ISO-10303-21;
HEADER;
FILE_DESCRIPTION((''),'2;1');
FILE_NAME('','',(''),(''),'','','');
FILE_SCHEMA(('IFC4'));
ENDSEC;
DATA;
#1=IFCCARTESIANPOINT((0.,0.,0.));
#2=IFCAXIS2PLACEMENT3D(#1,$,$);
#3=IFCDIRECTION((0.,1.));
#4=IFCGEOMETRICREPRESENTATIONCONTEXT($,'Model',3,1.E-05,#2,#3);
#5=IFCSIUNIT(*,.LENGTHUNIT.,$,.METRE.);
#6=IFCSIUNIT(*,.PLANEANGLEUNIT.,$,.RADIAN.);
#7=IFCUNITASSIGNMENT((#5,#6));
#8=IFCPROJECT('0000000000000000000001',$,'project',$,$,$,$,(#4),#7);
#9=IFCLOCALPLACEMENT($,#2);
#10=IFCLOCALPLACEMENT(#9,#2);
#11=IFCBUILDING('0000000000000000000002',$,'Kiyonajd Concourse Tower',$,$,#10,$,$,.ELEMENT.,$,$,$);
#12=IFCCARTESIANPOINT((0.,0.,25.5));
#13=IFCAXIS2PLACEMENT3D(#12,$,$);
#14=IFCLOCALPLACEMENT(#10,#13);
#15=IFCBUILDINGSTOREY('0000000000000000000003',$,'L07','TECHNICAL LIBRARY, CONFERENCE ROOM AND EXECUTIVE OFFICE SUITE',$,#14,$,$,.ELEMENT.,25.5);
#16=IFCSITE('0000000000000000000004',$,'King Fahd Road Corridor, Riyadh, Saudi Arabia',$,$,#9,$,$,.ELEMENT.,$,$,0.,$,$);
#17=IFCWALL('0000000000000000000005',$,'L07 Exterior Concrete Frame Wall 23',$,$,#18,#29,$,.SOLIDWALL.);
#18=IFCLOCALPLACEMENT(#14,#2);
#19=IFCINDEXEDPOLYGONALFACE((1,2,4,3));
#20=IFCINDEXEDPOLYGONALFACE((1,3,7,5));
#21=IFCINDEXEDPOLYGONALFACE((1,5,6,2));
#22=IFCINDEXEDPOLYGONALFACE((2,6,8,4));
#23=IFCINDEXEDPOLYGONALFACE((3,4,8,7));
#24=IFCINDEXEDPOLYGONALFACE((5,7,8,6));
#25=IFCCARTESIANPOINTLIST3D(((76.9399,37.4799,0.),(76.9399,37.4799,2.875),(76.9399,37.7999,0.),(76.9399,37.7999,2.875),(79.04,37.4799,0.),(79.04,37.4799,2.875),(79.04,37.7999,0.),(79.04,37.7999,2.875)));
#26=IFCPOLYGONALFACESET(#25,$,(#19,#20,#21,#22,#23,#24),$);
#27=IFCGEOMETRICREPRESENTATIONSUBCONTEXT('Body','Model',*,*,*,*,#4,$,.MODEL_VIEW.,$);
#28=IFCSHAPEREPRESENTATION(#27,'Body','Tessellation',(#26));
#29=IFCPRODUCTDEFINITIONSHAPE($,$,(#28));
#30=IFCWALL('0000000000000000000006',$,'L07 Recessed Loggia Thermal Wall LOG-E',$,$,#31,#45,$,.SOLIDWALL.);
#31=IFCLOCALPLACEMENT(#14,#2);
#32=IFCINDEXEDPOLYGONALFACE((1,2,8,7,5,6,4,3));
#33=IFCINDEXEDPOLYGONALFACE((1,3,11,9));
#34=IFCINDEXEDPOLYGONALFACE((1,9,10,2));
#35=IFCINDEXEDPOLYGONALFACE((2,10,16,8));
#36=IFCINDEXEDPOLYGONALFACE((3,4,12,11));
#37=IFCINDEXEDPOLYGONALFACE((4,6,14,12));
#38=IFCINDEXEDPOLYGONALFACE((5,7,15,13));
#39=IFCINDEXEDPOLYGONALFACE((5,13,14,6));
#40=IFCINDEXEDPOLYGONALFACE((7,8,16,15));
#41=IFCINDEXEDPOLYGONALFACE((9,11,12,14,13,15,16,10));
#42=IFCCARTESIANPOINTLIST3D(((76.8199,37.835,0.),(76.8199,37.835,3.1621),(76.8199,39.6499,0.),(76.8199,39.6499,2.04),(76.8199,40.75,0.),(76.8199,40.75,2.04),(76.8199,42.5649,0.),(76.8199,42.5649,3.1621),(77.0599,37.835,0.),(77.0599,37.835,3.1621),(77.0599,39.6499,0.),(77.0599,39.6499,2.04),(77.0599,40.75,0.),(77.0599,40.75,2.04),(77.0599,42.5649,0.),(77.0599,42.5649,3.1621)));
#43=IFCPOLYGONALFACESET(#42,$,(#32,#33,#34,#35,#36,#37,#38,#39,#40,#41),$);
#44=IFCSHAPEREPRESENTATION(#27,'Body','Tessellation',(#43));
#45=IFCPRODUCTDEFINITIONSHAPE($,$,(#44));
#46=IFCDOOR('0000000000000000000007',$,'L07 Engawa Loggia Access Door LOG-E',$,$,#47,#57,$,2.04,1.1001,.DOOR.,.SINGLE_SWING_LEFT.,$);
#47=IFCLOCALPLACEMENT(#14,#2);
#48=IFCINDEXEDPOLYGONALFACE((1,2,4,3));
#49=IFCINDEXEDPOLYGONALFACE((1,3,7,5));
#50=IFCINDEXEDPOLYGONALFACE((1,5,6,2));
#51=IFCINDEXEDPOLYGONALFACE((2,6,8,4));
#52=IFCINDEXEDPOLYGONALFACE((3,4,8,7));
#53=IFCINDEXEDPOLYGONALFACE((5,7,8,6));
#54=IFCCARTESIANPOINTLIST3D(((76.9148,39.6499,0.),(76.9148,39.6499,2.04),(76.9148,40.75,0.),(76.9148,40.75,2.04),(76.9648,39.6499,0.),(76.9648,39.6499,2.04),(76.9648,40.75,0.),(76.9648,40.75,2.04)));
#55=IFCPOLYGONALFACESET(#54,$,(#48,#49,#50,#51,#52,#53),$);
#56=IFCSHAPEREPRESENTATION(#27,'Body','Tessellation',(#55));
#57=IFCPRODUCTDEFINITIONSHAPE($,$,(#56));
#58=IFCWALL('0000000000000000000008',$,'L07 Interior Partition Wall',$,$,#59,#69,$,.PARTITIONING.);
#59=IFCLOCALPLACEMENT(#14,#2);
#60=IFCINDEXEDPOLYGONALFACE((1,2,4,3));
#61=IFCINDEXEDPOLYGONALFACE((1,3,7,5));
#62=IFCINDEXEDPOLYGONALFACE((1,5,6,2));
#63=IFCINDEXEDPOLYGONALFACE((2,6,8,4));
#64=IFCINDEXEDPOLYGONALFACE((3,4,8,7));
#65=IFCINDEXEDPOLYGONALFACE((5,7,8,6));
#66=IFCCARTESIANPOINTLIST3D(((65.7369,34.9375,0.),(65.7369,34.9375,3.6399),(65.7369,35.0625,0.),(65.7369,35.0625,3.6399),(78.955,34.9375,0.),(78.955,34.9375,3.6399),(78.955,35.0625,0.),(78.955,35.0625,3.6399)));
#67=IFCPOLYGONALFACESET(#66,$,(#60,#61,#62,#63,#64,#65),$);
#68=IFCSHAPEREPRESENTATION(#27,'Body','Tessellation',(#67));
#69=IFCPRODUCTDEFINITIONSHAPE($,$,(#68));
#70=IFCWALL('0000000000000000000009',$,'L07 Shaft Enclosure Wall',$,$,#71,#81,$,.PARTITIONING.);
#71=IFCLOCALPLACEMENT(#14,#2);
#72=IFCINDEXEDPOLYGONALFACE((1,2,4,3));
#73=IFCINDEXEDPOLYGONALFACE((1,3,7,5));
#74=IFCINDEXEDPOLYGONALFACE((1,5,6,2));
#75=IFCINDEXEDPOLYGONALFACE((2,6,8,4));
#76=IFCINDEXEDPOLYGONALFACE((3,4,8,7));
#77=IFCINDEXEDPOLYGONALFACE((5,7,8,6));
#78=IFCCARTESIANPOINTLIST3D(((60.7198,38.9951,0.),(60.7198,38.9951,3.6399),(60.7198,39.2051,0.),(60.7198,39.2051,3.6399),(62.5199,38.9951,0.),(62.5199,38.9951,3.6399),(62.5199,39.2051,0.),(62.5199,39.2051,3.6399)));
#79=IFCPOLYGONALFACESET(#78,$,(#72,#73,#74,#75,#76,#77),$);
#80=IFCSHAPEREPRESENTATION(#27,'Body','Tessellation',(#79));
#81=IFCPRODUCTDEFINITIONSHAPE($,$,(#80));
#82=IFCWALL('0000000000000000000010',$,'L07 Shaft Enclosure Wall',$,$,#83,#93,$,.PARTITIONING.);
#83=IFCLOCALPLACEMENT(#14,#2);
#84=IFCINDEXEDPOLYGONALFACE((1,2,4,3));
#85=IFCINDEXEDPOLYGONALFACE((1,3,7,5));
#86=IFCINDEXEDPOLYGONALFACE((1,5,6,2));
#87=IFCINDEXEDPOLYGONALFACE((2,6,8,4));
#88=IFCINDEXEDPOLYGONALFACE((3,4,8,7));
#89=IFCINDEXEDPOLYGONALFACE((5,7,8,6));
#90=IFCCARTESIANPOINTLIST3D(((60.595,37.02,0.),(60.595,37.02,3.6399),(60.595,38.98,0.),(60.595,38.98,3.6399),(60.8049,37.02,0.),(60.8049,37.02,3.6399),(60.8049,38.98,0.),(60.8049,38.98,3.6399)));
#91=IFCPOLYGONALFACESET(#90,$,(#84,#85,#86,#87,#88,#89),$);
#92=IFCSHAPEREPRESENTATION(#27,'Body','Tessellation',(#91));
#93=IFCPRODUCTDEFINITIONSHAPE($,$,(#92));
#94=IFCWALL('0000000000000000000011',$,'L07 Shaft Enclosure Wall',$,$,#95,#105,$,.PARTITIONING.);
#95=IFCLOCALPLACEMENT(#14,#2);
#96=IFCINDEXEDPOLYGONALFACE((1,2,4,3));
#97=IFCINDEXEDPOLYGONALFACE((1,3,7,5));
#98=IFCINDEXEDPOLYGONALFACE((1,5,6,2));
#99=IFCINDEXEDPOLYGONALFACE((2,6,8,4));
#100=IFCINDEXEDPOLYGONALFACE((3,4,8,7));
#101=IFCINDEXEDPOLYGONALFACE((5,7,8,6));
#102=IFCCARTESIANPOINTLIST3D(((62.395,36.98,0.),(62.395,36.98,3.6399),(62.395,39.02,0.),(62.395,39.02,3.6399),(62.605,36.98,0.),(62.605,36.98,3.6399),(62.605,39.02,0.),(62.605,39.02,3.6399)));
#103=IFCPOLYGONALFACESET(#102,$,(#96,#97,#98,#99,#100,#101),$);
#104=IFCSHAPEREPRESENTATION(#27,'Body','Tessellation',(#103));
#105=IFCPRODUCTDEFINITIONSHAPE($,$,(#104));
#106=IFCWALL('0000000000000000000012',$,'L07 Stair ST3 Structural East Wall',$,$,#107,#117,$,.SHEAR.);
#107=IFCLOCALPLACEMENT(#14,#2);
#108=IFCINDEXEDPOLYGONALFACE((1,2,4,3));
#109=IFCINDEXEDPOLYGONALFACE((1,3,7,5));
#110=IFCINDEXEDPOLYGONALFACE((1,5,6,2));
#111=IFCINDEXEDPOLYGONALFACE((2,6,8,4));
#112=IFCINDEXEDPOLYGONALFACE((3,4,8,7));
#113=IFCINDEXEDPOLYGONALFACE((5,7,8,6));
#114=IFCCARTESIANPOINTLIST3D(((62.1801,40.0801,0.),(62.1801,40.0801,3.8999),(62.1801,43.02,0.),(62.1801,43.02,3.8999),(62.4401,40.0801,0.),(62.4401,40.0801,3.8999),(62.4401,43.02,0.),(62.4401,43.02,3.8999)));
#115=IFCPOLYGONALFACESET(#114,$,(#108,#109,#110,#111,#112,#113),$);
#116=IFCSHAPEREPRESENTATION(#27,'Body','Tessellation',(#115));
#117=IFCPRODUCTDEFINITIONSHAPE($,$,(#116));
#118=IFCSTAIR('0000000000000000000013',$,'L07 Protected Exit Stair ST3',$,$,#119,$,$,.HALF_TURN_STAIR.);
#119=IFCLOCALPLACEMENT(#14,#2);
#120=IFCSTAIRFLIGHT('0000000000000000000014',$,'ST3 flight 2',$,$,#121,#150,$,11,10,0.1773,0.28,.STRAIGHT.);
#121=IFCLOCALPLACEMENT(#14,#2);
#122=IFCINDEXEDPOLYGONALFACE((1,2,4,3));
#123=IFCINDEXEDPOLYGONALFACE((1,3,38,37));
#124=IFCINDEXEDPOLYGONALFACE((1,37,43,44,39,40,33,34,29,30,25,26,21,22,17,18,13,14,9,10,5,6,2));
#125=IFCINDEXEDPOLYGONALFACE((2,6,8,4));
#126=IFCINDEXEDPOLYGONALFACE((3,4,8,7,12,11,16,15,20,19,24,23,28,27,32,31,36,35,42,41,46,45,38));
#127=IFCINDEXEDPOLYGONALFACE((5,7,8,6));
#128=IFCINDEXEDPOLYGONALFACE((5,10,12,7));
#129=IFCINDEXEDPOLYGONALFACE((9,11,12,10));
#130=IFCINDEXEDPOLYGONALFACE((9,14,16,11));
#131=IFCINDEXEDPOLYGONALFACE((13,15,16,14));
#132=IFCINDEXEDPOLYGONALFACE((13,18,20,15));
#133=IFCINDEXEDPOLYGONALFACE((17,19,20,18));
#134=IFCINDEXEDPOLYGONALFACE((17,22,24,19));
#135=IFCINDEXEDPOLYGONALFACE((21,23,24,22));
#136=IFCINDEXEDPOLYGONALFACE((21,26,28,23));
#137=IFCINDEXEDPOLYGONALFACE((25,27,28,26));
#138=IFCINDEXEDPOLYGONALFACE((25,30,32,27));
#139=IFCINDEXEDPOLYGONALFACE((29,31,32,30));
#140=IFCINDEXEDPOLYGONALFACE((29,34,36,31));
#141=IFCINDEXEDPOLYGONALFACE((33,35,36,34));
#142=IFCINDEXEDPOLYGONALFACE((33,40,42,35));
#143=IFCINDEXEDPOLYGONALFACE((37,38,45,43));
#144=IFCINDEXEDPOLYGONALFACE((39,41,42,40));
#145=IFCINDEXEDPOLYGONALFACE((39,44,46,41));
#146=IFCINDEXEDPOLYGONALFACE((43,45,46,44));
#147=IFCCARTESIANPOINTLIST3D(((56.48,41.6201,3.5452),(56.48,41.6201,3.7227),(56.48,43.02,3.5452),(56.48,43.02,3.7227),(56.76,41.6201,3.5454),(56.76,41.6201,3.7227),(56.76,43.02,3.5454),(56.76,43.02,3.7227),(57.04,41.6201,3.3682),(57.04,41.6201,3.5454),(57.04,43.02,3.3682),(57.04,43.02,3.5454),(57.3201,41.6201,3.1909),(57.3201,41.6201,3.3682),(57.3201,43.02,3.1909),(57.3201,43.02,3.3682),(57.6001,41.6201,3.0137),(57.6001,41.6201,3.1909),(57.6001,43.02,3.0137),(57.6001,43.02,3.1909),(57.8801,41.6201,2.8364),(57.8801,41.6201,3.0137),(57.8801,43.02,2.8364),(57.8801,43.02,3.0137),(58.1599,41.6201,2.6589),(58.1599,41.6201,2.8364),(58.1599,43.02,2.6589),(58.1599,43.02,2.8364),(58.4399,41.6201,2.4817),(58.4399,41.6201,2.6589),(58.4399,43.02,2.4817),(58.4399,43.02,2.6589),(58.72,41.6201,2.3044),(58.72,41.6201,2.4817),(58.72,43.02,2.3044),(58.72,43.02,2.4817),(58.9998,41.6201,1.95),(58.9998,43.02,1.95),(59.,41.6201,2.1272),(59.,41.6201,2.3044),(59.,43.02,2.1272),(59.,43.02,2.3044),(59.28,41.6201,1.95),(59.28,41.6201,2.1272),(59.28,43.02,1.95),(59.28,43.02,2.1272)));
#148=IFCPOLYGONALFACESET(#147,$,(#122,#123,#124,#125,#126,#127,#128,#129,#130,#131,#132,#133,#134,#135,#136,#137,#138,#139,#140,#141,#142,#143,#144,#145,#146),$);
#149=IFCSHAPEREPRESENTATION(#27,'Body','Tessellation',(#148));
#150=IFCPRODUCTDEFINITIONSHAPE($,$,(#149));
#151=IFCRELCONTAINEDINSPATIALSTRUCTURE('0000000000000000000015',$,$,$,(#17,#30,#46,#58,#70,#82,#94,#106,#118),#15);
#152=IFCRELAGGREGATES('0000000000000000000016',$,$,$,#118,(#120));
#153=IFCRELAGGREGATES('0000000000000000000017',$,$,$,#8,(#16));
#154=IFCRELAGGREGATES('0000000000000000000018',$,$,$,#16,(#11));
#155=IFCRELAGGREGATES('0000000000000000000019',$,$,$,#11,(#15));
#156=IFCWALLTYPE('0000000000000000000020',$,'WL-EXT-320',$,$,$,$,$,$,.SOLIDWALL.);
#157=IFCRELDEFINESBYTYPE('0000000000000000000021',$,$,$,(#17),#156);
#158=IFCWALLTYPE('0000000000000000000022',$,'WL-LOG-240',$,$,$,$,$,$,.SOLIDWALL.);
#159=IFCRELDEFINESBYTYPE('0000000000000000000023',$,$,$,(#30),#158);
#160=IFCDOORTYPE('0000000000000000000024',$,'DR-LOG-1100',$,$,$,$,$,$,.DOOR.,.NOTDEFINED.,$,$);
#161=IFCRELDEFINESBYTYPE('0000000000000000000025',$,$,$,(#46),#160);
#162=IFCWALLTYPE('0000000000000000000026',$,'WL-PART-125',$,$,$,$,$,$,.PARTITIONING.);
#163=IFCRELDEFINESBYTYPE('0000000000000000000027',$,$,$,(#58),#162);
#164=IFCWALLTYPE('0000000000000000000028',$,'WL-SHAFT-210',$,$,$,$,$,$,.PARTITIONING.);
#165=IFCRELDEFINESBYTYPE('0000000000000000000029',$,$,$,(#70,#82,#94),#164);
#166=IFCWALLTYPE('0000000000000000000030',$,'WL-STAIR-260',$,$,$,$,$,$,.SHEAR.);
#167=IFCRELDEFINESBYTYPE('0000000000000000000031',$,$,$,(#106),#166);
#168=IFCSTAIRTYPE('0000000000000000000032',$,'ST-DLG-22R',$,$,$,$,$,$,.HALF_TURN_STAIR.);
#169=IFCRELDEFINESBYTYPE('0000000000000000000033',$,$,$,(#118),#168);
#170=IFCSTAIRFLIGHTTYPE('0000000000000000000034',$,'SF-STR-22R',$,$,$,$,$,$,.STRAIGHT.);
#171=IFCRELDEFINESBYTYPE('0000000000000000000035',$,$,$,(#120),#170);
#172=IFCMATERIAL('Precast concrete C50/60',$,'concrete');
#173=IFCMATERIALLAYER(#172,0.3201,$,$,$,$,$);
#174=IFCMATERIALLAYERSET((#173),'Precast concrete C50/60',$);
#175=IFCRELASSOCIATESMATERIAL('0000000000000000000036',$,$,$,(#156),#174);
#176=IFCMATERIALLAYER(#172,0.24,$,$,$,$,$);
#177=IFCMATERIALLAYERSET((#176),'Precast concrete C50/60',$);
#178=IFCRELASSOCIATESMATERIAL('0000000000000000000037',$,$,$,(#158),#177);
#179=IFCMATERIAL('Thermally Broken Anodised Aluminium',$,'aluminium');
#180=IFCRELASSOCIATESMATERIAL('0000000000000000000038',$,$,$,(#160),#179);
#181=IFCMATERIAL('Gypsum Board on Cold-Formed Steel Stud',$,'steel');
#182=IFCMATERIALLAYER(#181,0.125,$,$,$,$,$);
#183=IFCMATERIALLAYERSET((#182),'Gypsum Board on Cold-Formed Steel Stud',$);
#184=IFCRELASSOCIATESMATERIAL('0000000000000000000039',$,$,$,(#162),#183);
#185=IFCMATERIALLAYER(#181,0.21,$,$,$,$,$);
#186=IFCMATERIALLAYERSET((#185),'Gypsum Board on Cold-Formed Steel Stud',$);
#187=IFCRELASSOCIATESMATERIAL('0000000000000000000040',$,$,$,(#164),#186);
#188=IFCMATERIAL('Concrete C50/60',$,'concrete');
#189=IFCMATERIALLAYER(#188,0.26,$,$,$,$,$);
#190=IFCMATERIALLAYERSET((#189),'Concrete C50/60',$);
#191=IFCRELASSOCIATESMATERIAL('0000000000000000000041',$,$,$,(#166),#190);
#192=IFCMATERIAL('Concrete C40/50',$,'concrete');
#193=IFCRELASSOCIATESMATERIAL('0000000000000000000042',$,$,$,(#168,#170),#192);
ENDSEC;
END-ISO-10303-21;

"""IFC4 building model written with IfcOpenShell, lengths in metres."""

from ifc_helpers import new_model, si_unit, direction, frame, frame_2d, origin, place, context, subcontext, project, spatial, polyline, rectangle, outline, extrude, material, layer, layer_set, type_object, element, fill, aggregate, save


model = new_model("IFC4")

# Units and contexts
model_context = context("Model", 3, precision=1e-05, world=origin(), true_north=direction((0.0, 1.0)))
body_context = subcontext(model_context, "Body", "Model", "MODEL_VIEW")
ifc_project = project(units=[si_unit("LENGTHUNIT", "METRE"), si_unit("PLANEANGLEUNIT", "RADIAN")], contexts=[model_context])

# Site, building, storey
site_placement = place(None, origin())
site = spatial("IfcSite", under=ifc_project, at=site_placement, Name="King Fahd Road Corridor, Riyadh, Saudi Arabia", CompositionType="ELEMENT", RefElevation=0.0)
building_placement = place(site_placement, origin())
building = spatial("IfcBuilding", under=site, at=building_placement, Name="Kiyonajd Concourse Tower", CompositionType="ELEMENT")
storey_placement = place(building_placement, frame((0.0, 0.0, 25.5)))
storey = spatial("IfcBuildingStorey", under=building, at=storey_placement, Name="L07", Description="TECHNICAL LIBRARY, CONFERENCE ROOM AND EXECUTIVE OFFICE SUITE", CompositionType="ELEMENT", Elevation=25.5)

# Shared definitions
ifc_material_1 = material(Name="Precast concrete C50/60", Category="concrete")

# Shared definitions
ifc_material_2 = material(Name="Thermally Broken Anodised Aluminium", Category="aluminium")

# Wall
ifc_layer_1 = layer(ifc_material_1, 0.3201)
ifc_layer_set_1 = layer_set([ifc_layer_1], Name="Precast concrete C50/60")
wall_type_1 = type_object("IfcWallType", Name="WL-EXT-320", PredefinedType="SOLIDWALL", material=ifc_layer_set_1)
wall_1_placement = place(storey_placement, frame((76.9399, 37.6399, 0.0), z_axis=(0.0, 0.0, 1.0), x_axis=(1.0, 0.0, 0.0)))
element("IfcWall", 1, at=wall_1_placement, inside=storey, type_object=wall_type_1, Name="L07 Exterior Concrete Frame Wall 23", PredefinedType="SOLIDWALL", context=body_context, shape_type="SweptSolid", body=[
    extrude(rectangle(XDim=2.1001, YDim=0.3201, at=frame_2d((1.05, 0.0))), origin(), (0.0, 0.0, 1.0), 2.875),
])

# Wall, opening, door
ifc_layer_2 = layer(ifc_material_1, 0.24)
ifc_layer_set_2 = layer_set([ifc_layer_2], Name="Precast concrete C50/60")
wall_type_2 = type_object("IfcWallType", Name="WL-LOG-240", PredefinedType="SOLIDWALL", material=ifc_layer_set_2)
wall_2_placement = place(storey_placement, frame((76.9399, 42.5649, 0.0), z_axis=(0.0, 0.0, 1.0), x_axis=(0.0, -1.0, 0.0)))
wall_2 = element("IfcWall", 2, at=wall_2_placement, inside=storey, type_object=wall_type_2, Name="L07 Recessed Loggia Thermal Wall LOG-E", PredefinedType="SOLIDWALL", context=body_context, shape_type="SweptSolid", body=[
    extrude(rectangle(XDim=4.73, YDim=0.24, at=frame_2d((2.365, 0.0))), origin(), (0.0, 0.0, 1.0), 3.1621),
])
opening_placement = place(wall_2_placement, frame((1.8149, 0.0, 0.0)))
opening = element("IfcOpeningElement", 3, at=opening_placement, cuts=wall_2, PredefinedType="OPENING", context=body_context, shape_type="SweptSolid", body=[
    extrude(rectangle(XDim=1.1001, YDim=2.04, at=frame_2d((0.55, 1.02))), frame((0.0, 0.1299, 0.0), z_axis=(0.0, -1.0, 0.0), x_axis=(1.0, 0.0, 0.0)), (0.0, 0.0, 1.0), 0.26),
])
door_type = type_object("IfcDoorType", Name="DR-LOG-1100", OperationType="NOTDEFINED", PredefinedType="DOOR", material=ifc_material_2)
door_placement = place(opening_placement, origin())
door = element("IfcDoor", 4, at=door_placement, inside=storey, type_object=door_type, Name="L07 Engawa Loggia Access Door LOG-E", OperationType="SINGLE_SWING_LEFT", OverallHeight=2.04, OverallWidth=1.1001, PredefinedType="DOOR", context=body_context, shape_type="SweptSolid", body=[
    extrude(rectangle(XDim=1.1001, YDim=2.04, at=frame_2d((0.55, 1.02))), frame((0.0, 0.0249, 0.0), z_axis=(0.0, -1.0, 0.0), x_axis=(1.0, 0.0, 0.0)), (0.0, 0.0, 1.0), 0.05),
])
fill(opening, door)

# Walls
ifc_material_3 = material(Name="Gypsum Board on Cold-Formed Steel Stud", Category="steel")
ifc_layer_3 = layer(ifc_material_3, 0.125)
ifc_layer_set_3 = layer_set([ifc_layer_3], Name="Gypsum Board on Cold-Formed Steel Stud")
wall_type_3 = type_object("IfcWallType", Name="WL-PART-125", PredefinedType="PARTITIONING", material=ifc_layer_set_3)
wall_3_placement = place(storey_placement, frame((65.7371, 35.0, 0.0), z_axis=(0.0, 0.0, 1.0), x_axis=(1.0, 0.0, 0.0)))
element("IfcWall", 5, at=wall_3_placement, inside=storey, type_object=wall_type_3, Name="L07 Interior Partition Wall", PredefinedType="PARTITIONING", context=body_context, shape_type="SweptSolid", body=[
    extrude(rectangle(XDim=13.218, YDim=0.125, at=frame_2d((6.6089, 0.0))), origin(), (0.0, 0.0, 1.0), 3.6399),
])
ifc_layer_4 = layer(ifc_material_3, 0.21)
ifc_layer_set_4 = layer_set([ifc_layer_4], Name="Gypsum Board on Cold-Formed Steel Stud")
wall_type_4 = type_object("IfcWallType", Name="WL-SHAFT-210", PredefinedType="PARTITIONING", material=ifc_layer_set_4)
wall_4_placement = place(storey_placement, frame((60.72, 39.1001, 0.0), z_axis=(0.0, 0.0, 1.0), x_axis=(1.0, 0.0, 0.0)))
element("IfcWall", 6, at=wall_4_placement, inside=storey, type_object=wall_type_4, Name="L07 Shaft Enclosure Wall", PredefinedType="PARTITIONING", context=body_context, shape_type="SweptSolid", body=[
    extrude(rectangle(XDim=1.8, YDim=0.21, at=frame_2d((0.8999, 0.0))), origin(), (0.0, 0.0, 1.0), 3.6399),
])
wall_5_placement = place(storey_placement, frame((60.7, 37.02, 0.0), z_axis=(0.0, 0.0, 1.0), x_axis=(0.0, 1.0, 0.0)))
element("IfcWall", 7, at=wall_5_placement, inside=storey, type_object=wall_type_4, Name="L07 Shaft Enclosure Wall", PredefinedType="PARTITIONING", context=body_context, shape_type="SweptSolid", body=[
    extrude(rectangle(XDim=1.96, YDim=0.21, at=frame_2d((0.98, 0.0))), origin(), (0.0, 0.0, 1.0), 3.6399),
])
wall_6_placement = place(storey_placement, frame((62.5, 36.98, 0.0), z_axis=(0.0, 0.0, 1.0), x_axis=(0.0, 1.0, 0.0)))
element("IfcWall", 8, at=wall_6_placement, inside=storey, type_object=wall_type_4, Name="L07 Shaft Enclosure Wall", PredefinedType="PARTITIONING", context=body_context, shape_type="SweptSolid", body=[
    extrude(rectangle(XDim=2.04, YDim=0.21, at=frame_2d((1.02, 0.0))), origin(), (0.0, 0.0, 1.0), 3.6399),
])
ifc_material_4 = material(Name="Concrete C50/60", Category="concrete")
ifc_layer_5 = layer(ifc_material_4, 0.26)
ifc_layer_set_5 = layer_set([ifc_layer_5], Name="Concrete C50/60")
wall_type_5 = type_object("IfcWallType", Name="WL-STAIR-260", PredefinedType="SHEAR", material=ifc_layer_set_5)
wall_7_placement = place(storey_placement, frame((62.3101, 40.0801, 0.0), z_axis=(0.0, 0.0, 1.0), x_axis=(0.0, 1.0, 0.0)))
element("IfcWall", 9, at=wall_7_placement, inside=storey, type_object=wall_type_5, Name="L07 Stair ST3 Structural East Wall", PredefinedType="SHEAR", context=body_context, shape_type="SweptSolid", body=[
    extrude(rectangle(XDim=2.9399, YDim=0.26, at=frame_2d((1.47, 0.0))), origin(), (0.0, 0.0, 1.0), 3.8999),
])

# Stair, stair flight
ifc_material_5 = material(Name="Concrete C40/50", Category="concrete")
stair_type = type_object("IfcStairType", Name="ST-DLG-22R", PredefinedType="HALF_TURN_STAIR", material=ifc_material_5)
stair_placement = place(storey_placement, origin())
stair = element("IfcStair", 10, at=stair_placement, inside=storey, type_object=stair_type, Name="L07 Protected Exit Stair ST3", PredefinedType="HALF_TURN_STAIR")
stair_flight_type = type_object("IfcStairFlightType", Name="SF-STR-22R", PredefinedType="STRAIGHT", material=ifc_material_5)
stair_flight_placement = place(storey_placement, frame((59.28, 42.3201, 1.95), z_axis=(0.0, 0.0, 1.0), x_axis=(-1.0, 0.0, 0.0)))
stair_flight = element("IfcStairFlight", 11, at=stair_flight_placement, type_object=stair_flight_type, Name="ST3 flight 2", NumberOfRisers=11, NumberOfTreads=10, PredefinedType="STRAIGHT", RiserHeight=0.1773, TreadLength=0.28, context=body_context, shape_type="SweptSolid", body=[
    extrude(outline(polyline([(0.0, 0.0), (0.0, 0.1772), (0.28, 0.1772), (0.28, 0.3545), (0.5601, 0.3545), (0.5601, 0.5317), (0.8401, 0.5317), (0.8401, 0.709), (1.1201, 0.709), (1.1201, 0.8865), (1.3999, 0.8865), (1.3999, 1.0637), (1.6799, 1.0637), (1.6799, 1.241), (1.96, 1.241), (1.96, 1.4182), (2.24, 1.4182), (2.24, 1.5955), (2.52, 1.5955), (2.52, 1.7727), (2.8, 1.7727), (2.8, 1.95), (2.8, 1.5952), (0.2803, 0.0), (0.0, 0.0)])), frame((0.0, 0.7, 0.0), z_axis=(0.0, -1.0, 0.0), x_axis=(1.0, 0.0, 0.0)), (0.0, 0.0, 1.0), 1.3999),
])
aggregate(stair, [stair_flight])

save(model, "model.ifc")
